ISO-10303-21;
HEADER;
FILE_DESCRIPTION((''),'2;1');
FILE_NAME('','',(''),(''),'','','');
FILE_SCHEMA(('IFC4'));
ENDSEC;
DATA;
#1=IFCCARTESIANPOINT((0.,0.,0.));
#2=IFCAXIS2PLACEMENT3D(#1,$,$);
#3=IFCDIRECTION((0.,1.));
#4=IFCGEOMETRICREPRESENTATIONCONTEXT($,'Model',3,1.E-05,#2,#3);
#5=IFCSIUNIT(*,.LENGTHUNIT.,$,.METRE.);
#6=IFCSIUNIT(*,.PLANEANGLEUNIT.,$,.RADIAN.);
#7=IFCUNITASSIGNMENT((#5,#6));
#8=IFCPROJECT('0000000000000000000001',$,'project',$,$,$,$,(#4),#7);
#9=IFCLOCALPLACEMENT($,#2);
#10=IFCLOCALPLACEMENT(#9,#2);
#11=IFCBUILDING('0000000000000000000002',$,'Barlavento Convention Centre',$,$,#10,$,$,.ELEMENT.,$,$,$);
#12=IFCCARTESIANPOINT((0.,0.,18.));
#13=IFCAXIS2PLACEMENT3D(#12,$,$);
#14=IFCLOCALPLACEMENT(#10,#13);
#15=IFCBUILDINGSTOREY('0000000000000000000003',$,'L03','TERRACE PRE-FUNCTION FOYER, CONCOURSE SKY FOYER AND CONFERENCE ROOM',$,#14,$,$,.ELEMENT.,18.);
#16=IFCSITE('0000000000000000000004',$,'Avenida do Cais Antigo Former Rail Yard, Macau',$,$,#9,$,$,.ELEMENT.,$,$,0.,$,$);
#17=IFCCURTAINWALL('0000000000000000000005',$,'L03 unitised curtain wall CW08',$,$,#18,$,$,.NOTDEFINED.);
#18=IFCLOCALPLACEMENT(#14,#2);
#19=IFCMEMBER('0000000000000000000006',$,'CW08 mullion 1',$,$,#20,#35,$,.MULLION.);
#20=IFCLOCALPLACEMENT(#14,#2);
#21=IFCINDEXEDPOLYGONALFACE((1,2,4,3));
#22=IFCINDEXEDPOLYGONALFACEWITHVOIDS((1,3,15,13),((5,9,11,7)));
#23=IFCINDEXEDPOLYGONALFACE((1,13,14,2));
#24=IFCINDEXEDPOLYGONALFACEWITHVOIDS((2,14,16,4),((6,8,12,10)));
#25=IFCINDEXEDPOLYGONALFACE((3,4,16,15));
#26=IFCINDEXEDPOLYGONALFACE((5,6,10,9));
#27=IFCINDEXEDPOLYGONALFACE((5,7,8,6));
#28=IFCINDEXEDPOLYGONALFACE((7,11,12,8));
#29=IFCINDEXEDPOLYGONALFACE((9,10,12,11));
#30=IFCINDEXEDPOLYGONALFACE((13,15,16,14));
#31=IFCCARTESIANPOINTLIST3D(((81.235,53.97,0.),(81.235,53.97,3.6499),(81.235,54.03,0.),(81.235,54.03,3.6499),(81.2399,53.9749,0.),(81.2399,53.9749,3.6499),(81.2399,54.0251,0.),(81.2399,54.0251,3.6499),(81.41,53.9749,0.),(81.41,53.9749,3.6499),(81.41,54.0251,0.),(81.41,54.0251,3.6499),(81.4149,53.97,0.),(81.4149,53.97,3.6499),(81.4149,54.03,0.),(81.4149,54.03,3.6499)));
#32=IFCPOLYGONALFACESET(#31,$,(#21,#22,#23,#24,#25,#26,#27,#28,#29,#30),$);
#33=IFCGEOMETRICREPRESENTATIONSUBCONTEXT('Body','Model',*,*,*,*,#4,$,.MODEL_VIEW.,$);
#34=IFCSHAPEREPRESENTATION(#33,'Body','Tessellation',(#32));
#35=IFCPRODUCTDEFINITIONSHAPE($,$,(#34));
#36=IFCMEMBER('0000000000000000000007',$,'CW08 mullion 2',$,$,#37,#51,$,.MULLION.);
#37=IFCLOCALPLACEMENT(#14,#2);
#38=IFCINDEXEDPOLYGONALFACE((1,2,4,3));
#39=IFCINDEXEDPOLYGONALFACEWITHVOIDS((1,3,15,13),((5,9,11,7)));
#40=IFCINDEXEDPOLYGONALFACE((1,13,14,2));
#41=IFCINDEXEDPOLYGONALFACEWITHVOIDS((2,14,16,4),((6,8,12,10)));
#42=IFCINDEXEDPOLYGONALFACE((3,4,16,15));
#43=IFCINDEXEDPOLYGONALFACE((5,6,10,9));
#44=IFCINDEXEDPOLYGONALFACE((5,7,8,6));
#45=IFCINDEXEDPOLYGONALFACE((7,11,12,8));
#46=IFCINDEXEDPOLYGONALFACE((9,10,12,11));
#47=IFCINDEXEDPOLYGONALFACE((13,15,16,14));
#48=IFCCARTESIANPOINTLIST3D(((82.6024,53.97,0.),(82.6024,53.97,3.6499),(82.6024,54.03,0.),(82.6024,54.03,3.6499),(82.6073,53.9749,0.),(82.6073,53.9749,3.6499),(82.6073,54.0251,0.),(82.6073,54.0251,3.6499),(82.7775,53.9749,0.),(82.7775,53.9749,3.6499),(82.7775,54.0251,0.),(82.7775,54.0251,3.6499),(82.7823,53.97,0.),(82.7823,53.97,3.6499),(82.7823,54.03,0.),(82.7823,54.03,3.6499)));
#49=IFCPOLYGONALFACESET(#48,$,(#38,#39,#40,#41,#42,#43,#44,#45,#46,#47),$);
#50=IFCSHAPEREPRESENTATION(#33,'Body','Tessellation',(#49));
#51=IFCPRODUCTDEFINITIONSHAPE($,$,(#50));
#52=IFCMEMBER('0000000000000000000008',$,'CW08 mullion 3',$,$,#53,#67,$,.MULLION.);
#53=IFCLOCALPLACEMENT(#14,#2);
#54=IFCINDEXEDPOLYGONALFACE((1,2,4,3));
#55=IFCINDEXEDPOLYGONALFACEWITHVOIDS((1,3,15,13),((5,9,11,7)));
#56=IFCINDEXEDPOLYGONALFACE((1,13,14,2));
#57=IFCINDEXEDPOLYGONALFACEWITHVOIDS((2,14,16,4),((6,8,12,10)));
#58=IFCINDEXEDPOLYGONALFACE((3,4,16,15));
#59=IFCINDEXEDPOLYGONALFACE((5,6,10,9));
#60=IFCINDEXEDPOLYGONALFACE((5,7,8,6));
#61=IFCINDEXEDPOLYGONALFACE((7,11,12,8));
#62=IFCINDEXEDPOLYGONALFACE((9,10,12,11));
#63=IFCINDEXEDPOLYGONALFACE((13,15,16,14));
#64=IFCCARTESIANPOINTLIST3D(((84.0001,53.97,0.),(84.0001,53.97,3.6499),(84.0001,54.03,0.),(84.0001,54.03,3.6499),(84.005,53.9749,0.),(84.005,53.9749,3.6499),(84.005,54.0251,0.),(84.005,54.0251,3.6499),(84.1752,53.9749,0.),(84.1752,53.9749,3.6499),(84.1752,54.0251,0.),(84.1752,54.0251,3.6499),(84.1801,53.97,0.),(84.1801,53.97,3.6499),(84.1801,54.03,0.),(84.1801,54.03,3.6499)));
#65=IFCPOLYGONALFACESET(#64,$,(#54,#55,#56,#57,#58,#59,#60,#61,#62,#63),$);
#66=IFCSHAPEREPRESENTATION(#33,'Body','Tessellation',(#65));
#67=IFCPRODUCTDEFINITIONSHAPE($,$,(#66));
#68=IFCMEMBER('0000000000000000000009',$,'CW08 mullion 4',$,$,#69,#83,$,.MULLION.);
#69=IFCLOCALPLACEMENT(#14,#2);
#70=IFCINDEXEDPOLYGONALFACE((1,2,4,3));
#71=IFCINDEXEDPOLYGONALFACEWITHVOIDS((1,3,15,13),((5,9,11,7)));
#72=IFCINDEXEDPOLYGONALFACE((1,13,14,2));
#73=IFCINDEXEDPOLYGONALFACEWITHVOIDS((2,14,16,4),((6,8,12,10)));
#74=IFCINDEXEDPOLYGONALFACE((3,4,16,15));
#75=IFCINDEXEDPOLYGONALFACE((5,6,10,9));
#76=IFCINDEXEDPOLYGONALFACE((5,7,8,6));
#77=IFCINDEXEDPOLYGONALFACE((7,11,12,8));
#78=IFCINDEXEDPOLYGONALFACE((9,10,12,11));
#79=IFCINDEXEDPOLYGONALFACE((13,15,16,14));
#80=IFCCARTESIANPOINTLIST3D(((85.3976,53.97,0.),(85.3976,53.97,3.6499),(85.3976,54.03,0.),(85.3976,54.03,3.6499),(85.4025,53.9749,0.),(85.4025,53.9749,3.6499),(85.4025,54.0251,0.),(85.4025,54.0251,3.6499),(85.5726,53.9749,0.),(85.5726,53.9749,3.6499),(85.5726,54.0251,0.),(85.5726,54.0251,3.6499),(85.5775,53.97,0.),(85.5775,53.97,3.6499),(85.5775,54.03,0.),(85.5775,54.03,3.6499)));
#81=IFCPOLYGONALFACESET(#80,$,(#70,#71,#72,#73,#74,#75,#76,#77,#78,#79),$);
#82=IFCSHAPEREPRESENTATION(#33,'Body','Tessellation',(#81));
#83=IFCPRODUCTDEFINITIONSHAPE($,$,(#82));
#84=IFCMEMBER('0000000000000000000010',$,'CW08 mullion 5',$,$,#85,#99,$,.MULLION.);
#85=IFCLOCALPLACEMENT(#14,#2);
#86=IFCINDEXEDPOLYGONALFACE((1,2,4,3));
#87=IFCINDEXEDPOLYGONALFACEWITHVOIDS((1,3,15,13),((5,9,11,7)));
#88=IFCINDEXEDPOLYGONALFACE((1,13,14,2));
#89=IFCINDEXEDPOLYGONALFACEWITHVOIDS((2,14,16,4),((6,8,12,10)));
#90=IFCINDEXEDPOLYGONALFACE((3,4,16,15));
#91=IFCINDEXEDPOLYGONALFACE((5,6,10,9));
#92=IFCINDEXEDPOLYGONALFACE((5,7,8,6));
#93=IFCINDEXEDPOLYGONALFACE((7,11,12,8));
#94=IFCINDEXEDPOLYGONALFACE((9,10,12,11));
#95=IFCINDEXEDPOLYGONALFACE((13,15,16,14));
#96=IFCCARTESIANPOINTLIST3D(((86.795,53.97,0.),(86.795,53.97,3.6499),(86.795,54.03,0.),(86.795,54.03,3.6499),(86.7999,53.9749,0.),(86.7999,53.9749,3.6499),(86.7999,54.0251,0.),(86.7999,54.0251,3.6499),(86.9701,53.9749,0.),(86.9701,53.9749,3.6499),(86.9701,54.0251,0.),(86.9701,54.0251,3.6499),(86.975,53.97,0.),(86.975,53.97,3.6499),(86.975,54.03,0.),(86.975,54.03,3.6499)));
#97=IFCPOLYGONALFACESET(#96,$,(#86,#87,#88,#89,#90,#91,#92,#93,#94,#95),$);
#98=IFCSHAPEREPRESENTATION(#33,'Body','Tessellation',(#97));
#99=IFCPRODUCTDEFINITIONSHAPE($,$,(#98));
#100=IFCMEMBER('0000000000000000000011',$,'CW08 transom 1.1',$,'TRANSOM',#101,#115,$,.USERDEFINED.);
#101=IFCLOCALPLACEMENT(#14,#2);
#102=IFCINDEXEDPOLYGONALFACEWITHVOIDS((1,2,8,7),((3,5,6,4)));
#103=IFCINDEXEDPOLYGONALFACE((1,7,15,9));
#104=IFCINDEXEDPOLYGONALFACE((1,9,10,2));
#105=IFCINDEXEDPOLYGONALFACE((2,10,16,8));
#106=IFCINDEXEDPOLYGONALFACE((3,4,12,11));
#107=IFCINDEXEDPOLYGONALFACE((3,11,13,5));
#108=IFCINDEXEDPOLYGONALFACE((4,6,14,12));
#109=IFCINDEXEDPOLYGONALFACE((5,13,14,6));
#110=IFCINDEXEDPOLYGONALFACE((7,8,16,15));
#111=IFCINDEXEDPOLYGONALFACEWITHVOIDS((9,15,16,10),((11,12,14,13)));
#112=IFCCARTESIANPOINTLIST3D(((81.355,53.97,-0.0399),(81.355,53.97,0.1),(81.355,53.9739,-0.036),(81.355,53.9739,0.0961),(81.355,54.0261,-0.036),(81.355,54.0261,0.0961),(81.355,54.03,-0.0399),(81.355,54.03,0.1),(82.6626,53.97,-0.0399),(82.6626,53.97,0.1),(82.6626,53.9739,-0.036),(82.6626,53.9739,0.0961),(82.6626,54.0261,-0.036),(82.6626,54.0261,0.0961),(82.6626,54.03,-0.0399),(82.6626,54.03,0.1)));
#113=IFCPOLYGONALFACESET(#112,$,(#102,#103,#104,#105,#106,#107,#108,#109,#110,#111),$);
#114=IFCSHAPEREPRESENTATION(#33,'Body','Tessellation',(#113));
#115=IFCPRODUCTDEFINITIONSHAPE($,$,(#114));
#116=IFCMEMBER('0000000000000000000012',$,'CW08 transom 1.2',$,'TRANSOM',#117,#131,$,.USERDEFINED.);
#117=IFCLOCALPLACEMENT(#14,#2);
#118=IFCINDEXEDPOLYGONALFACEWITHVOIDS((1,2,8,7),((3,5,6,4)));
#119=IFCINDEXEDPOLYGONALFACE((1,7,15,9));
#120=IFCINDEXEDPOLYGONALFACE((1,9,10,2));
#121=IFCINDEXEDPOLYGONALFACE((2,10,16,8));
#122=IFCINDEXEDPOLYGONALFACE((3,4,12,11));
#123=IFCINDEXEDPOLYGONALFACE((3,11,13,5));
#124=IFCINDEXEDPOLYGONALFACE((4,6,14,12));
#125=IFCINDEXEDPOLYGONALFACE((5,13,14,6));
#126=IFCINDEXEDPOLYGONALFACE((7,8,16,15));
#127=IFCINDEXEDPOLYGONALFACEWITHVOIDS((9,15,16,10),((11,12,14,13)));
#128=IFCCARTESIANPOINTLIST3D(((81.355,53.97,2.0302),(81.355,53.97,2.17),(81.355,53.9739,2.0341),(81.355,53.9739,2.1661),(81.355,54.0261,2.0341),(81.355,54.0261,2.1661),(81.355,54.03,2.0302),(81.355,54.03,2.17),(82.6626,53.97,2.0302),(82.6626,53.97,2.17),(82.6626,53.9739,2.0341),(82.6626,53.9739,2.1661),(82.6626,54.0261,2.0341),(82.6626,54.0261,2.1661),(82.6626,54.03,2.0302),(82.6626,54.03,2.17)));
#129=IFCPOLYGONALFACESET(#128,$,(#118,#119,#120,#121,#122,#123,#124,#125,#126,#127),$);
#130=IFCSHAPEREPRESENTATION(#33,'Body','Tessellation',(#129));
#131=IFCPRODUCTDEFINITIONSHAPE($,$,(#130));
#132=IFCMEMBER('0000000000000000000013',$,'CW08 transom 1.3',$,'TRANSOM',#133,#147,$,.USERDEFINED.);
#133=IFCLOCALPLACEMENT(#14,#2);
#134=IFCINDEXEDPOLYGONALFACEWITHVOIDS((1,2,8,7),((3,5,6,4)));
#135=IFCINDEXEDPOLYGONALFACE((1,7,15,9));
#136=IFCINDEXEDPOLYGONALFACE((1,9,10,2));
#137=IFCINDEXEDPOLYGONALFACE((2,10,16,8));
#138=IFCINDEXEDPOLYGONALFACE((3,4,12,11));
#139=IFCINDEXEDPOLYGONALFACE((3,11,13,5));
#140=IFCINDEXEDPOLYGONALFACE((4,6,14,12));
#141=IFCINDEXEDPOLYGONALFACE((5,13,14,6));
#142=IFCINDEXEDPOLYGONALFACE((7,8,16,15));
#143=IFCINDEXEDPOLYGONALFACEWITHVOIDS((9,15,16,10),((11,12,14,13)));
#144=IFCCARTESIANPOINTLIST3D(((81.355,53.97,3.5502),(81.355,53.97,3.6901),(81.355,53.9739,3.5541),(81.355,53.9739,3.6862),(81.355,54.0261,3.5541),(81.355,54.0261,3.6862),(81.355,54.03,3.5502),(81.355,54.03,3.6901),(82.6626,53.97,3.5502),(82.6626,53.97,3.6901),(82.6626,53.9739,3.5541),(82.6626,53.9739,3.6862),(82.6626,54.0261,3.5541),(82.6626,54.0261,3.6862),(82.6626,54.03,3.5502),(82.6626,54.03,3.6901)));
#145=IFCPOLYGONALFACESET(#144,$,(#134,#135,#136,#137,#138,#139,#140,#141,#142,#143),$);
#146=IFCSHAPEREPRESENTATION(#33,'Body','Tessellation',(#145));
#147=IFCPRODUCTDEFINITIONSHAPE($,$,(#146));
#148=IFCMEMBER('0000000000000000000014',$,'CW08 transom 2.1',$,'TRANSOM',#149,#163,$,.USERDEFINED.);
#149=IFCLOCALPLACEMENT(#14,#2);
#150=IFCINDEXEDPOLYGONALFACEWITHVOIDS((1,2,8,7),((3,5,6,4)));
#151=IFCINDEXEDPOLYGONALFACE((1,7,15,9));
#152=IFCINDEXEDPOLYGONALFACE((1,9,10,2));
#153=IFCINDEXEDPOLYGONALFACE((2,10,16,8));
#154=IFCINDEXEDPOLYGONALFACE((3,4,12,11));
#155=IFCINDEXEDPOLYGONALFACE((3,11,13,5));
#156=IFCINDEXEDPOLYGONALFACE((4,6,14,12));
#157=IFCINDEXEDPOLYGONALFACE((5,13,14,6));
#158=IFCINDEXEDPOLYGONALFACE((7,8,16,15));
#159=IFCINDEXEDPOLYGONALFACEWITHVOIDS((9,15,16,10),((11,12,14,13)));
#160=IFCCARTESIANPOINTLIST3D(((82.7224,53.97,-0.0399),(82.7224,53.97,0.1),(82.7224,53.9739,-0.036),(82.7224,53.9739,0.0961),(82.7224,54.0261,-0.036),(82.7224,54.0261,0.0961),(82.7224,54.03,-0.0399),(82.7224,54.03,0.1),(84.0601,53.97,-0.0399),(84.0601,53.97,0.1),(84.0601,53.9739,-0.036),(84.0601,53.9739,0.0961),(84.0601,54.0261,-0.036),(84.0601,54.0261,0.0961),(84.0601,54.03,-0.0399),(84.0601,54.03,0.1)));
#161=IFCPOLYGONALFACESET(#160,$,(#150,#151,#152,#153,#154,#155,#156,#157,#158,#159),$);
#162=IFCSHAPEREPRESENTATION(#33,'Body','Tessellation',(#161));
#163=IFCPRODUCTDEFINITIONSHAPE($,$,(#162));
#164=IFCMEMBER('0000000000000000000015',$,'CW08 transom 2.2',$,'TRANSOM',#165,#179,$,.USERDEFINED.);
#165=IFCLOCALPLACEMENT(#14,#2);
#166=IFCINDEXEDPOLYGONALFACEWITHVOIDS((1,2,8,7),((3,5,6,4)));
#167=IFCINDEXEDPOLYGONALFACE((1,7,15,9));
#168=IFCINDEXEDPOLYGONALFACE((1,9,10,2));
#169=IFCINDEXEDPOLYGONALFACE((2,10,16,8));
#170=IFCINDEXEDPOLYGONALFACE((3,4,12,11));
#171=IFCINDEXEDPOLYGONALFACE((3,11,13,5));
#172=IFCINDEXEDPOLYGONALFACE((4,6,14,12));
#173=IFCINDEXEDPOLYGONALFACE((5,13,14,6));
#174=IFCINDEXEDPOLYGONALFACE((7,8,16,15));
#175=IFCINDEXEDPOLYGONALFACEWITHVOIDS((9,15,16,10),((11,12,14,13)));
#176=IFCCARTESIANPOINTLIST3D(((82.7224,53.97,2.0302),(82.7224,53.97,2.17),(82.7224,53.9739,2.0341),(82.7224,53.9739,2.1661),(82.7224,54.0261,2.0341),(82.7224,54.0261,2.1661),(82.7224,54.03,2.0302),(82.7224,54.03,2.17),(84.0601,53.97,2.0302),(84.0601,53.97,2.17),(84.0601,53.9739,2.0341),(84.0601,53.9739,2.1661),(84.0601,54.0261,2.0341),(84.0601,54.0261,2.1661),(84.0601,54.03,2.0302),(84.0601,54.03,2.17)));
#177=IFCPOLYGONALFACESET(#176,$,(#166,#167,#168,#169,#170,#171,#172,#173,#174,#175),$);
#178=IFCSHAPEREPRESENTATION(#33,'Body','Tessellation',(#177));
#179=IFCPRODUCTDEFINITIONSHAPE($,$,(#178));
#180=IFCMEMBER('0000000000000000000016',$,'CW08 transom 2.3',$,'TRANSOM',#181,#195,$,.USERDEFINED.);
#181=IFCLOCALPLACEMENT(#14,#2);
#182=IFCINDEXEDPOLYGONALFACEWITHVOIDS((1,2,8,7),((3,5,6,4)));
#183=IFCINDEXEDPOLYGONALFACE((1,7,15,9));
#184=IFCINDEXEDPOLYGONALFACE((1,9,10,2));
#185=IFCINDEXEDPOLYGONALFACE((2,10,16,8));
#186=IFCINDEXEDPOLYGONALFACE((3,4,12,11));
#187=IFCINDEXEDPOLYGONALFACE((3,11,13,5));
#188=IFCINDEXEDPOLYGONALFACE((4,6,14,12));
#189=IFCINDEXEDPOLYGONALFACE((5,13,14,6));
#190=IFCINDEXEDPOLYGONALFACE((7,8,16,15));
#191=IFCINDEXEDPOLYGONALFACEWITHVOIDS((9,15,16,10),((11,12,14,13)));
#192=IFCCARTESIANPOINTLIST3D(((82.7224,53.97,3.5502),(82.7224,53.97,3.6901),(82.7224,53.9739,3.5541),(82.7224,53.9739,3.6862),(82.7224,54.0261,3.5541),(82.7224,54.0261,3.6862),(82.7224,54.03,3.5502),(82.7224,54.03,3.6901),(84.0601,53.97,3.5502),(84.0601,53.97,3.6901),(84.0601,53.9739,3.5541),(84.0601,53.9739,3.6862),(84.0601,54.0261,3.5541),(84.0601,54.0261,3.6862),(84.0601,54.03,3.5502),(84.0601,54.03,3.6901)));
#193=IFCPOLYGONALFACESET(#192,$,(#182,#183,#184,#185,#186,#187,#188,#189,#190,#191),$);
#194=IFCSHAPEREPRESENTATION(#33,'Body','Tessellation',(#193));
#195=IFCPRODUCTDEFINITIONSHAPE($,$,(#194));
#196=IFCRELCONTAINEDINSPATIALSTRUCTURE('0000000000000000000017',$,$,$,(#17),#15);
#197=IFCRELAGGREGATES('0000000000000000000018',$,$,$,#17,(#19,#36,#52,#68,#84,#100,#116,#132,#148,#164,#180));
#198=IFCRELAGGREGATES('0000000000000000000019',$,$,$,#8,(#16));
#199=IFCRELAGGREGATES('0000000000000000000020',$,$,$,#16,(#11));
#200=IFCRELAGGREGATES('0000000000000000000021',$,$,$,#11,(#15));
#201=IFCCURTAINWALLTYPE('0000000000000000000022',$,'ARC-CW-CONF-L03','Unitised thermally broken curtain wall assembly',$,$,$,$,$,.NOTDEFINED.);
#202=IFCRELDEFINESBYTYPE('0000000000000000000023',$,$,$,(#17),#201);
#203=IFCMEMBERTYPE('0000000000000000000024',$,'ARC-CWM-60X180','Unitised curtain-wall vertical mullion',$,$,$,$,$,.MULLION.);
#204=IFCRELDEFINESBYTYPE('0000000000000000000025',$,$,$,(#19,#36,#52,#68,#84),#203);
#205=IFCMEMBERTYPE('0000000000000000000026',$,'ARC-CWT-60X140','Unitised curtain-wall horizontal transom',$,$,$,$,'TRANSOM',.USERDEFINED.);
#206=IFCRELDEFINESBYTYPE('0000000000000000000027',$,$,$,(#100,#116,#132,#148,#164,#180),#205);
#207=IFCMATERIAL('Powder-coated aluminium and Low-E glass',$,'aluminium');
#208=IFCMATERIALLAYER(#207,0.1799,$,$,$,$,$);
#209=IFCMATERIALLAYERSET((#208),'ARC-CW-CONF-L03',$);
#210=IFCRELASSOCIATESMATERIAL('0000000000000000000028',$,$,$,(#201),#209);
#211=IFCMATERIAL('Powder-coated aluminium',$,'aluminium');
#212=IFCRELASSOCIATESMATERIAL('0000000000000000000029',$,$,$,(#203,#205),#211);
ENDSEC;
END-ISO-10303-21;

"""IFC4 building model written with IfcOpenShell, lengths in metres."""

from ifc_helpers import new_model, si_unit, direction, frame, origin, origin_2d, place, context, subcontext, project, spatial, hollow_rectangle, extrude, material, layer, layer_set, material_profile, profile_set, type_object, element, aggregate, save


model = new_model("IFC4")

# Units and contexts
model_context = context("Model", 3, precision=1e-05, world=origin(), true_north=direction((0.0, 1.0)))
body_context = subcontext(model_context, "Body", "Model", "MODEL_VIEW")
ifc_project = project(units=[si_unit("LENGTHUNIT", "METRE"), si_unit("PLANEANGLEUNIT", "RADIAN")], contexts=[model_context])

# Site, building, storey
site_placement = place(None, origin())
site = spatial("IfcSite", under=ifc_project, at=site_placement, Name="Avenida do Cais Antigo Former Rail Yard, Macau", CompositionType="ELEMENT", RefElevation=0.0)
building_placement = place(site_placement, origin())
building = spatial("IfcBuilding", under=site, at=building_placement, Name="Barlavento Convention Centre", CompositionType="ELEMENT")
storey_placement = place(building_placement, frame((0.0, 0.0, 18.0)))
storey = spatial("IfcBuildingStorey", under=building, at=storey_placement, Name="L03", Description="TERRACE PRE-FUNCTION FOYER, CONCOURSE SKY FOYER AND CONFERENCE ROOM", CompositionType="ELEMENT", Elevation=18.0)

# Curtain wall, members
ifc_material_1 = material(Name="Powder-coated aluminium and Low-E glass", Category="aluminium")
ifc_layer_1 = layer(ifc_material_1, 0.1799)
ifc_layer_set_1 = layer_set([ifc_layer_1], Name="ARC-CW-CONF-L03")
curtain_wall_type = type_object("IfcCurtainWallType", Name="ARC-CW-CONF-L03", Description="Unitised thermally broken curtain wall assembly", PredefinedType="NOTDEFINED", material=ifc_layer_set_1)
curtain_wall_placement = place(storey_placement, origin())
curtain_wall = element("IfcCurtainWall", 1, at=curtain_wall_placement, inside=storey, type_object=curtain_wall_type, Name="L03 unitised curtain wall CW08", PredefinedType="NOTDEFINED")
ifc_material_2 = material(Name="Powder-coated aluminium", Category="aluminium")
ifc_material_profile_1 = material_profile(ifc_material_2, hollow_rectangle(XDim=0.0601, YDim=0.1799, WallThickness=0.0049, at=origin_2d()), Name="AL-MULL 60x180x5")
ifc_profile_set_1 = profile_set([ifc_material_profile_1], Name="Powder-coated aluminium")
member_type_1 = type_object("IfcMemberType", Name="ARC-CWM-60X180", Description="Unitised curtain-wall vertical mullion", PredefinedType="MULLION", material=ifc_profile_set_1)
member_1_placement = place(storey_placement, frame((81.325, 54.0, 0.0), z_axis=(0.0, 0.0, 1.0), x_axis=(0.0, 1.0, 0.0)))
member_1 = element("IfcMember", 2, at=member_1_placement, type_object=member_type_1, Name="CW08 mullion 1", PredefinedType="MULLION", context=body_context, shape_type="SweptSolid", body=[
    extrude(hollow_rectangle(XDim=0.0601, YDim=0.1799, WallThickness=0.0049, at=origin_2d()), origin(), (0.0, 0.0, 1.0), 3.6499),
])
member_2_placement = place(storey_placement, frame((82.6924, 54.0, 0.0), z_axis=(0.0, 0.0, 1.0), x_axis=(0.0, 1.0, 0.0)))
member_2 = element("IfcMember", 3, at=member_2_placement, type_object=member_type_1, Name="CW08 mullion 2", PredefinedType="MULLION", context=body_context, shape_type="SweptSolid", body=[
    extrude(hollow_rectangle(XDim=0.0601, YDim=0.1799, WallThickness=0.0049, at=origin_2d()), origin(), (0.0, 0.0, 1.0), 3.6499),
])
member_3_placement = place(storey_placement, frame((84.0901, 54.0, 0.0), z_axis=(0.0, 0.0, 1.0), x_axis=(0.0, 1.0, 0.0)))
member_3 = element("IfcMember", 4, at=member_3_placement, type_object=member_type_1, Name="CW08 mullion 3", PredefinedType="MULLION", context=body_context, shape_type="SweptSolid", body=[
    extrude(hollow_rectangle(XDim=0.0601, YDim=0.1799, WallThickness=0.0049, at=origin_2d()), origin(), (0.0, 0.0, 1.0), 3.6499),
])
member_4_placement = place(storey_placement, frame((85.4875, 54.0, 0.0), z_axis=(0.0, 0.0, 1.0), x_axis=(0.0, 1.0, 0.0)))
member_4 = element("IfcMember", 5, at=member_4_placement, type_object=member_type_1, Name="CW08 mullion 4", PredefinedType="MULLION", context=body_context, shape_type="SweptSolid", body=[
    extrude(hollow_rectangle(XDim=0.0601, YDim=0.1799, WallThickness=0.0049, at=origin_2d()), origin(), (0.0, 0.0, 1.0), 3.6499),
])
member_5_placement = place(storey_placement, frame((86.885, 54.0, 0.0), z_axis=(0.0, 0.0, 1.0), x_axis=(0.0, 1.0, 0.0)))
member_5 = element("IfcMember", 6, at=member_5_placement, type_object=member_type_1, Name="CW08 mullion 5", PredefinedType="MULLION", context=body_context, shape_type="SweptSolid", body=[
    extrude(hollow_rectangle(XDim=0.0601, YDim=0.1799, WallThickness=0.0049, at=origin_2d()), origin(), (0.0, 0.0, 1.0), 3.6499),
])
ifc_material_profile_2 = material_profile(ifc_material_2, hollow_rectangle(XDim=0.0601, YDim=0.1399, WallThickness=0.0039, at=origin_2d()), Name="AL-TRAN 60x140x4")
ifc_profile_set_2 = profile_set([ifc_material_profile_2], Name="Powder-coated aluminium")
member_type_2 = type_object("IfcMemberType", Name="ARC-CWT-60X140", Description="Unitised curtain-wall horizontal transom", ElementType="TRANSOM", PredefinedType="USERDEFINED", material=ifc_profile_set_2)
member_6_placement = place(storey_placement, frame((81.355, 54.0, 0.03), z_axis=(1.0, 0.0, 0.0), x_axis=(0.0, 1.0, 0.0)))
member_6 = element("IfcMember", 7, at=member_6_placement, type_object=member_type_2, Name="CW08 transom 1.1", ObjectType="TRANSOM", PredefinedType="USERDEFINED", context=body_context, shape_type="SweptSolid", body=[
    extrude(hollow_rectangle(XDim=0.0601, YDim=0.1399, WallThickness=0.0039, at=origin_2d()), origin(), (0.0, 0.0, 1.0), 1.3076),
])
member_7_placement = place(storey_placement, frame((81.355, 54.0, 2.1001), z_axis=(1.0, 0.0, 0.0), x_axis=(0.0, 1.0, 0.0)))
member_7 = element("IfcMember", 8, at=member_7_placement, type_object=member_type_2, Name="CW08 transom 1.2", ObjectType="TRANSOM", PredefinedType="USERDEFINED", context=body_context, shape_type="SweptSolid", body=[
    extrude(hollow_rectangle(XDim=0.0601, YDim=0.1399, WallThickness=0.0039, at=origin_2d()), origin(), (0.0, 0.0, 1.0), 1.3076),
])
member_8_placement = place(storey_placement, frame((81.355, 54.0, 3.6201), z_axis=(1.0, 0.0, 0.0), x_axis=(0.0, 1.0, 0.0)))
member_8 = element("IfcMember", 9, at=member_8_placement, type_object=member_type_2, Name="CW08 transom 1.3", ObjectType="TRANSOM", PredefinedType="USERDEFINED", context=body_context, shape_type="SweptSolid", body=[
    extrude(hollow_rectangle(XDim=0.0601, YDim=0.1399, WallThickness=0.0039, at=origin_2d()), origin(), (0.0, 0.0, 1.0), 1.3076),
])
member_9_placement = place(storey_placement, frame((82.7224, 54.0, 0.03), z_axis=(1.0, 0.0, 0.0), x_axis=(0.0, 1.0, 0.0)))
member_9 = element("IfcMember", 10, at=member_9_placement, type_object=member_type_2, Name="CW08 transom 2.1", ObjectType="TRANSOM", PredefinedType="USERDEFINED", context=body_context, shape_type="SweptSolid", body=[
    extrude(hollow_rectangle(XDim=0.0601, YDim=0.1399, WallThickness=0.0039, at=origin_2d()), origin(), (0.0, 0.0, 1.0), 1.3376),
])
member_10_placement = place(storey_placement, frame((82.7224, 54.0, 2.1001), z_axis=(1.0, 0.0, 0.0), x_axis=(0.0, 1.0, 0.0)))
member_10 = element("IfcMember", 11, at=member_10_placement, type_object=member_type_2, Name="CW08 transom 2.2", ObjectType="TRANSOM", PredefinedType="USERDEFINED", context=body_context, shape_type="SweptSolid", body=[
    extrude(hollow_rectangle(XDim=0.0601, YDim=0.1399, WallThickness=0.0039, at=origin_2d()), origin(), (0.0, 0.0, 1.0), 1.3376),
])
member_11_placement = place(storey_placement, frame((82.7224, 54.0, 3.6201), z_axis=(1.0, 0.0, 0.0), x_axis=(0.0, 1.0, 0.0)))
member_11 = element("IfcMember", 12, at=member_11_placement, type_object=member_type_2, Name="CW08 transom 2.3", ObjectType="TRANSOM", PredefinedType="USERDEFINED", context=body_context, shape_type="SweptSolid", body=[
    extrude(hollow_rectangle(XDim=0.0601, YDim=0.1399, WallThickness=0.0039, at=origin_2d()), origin(), (0.0, 0.0, 1.0), 1.3376),
])

aggregate(curtain_wall, [member_1, member_2, member_3, member_4, member_5, member_6, member_7, member_8, member_9, member_10, member_11])

save(model, "model.ifc")
